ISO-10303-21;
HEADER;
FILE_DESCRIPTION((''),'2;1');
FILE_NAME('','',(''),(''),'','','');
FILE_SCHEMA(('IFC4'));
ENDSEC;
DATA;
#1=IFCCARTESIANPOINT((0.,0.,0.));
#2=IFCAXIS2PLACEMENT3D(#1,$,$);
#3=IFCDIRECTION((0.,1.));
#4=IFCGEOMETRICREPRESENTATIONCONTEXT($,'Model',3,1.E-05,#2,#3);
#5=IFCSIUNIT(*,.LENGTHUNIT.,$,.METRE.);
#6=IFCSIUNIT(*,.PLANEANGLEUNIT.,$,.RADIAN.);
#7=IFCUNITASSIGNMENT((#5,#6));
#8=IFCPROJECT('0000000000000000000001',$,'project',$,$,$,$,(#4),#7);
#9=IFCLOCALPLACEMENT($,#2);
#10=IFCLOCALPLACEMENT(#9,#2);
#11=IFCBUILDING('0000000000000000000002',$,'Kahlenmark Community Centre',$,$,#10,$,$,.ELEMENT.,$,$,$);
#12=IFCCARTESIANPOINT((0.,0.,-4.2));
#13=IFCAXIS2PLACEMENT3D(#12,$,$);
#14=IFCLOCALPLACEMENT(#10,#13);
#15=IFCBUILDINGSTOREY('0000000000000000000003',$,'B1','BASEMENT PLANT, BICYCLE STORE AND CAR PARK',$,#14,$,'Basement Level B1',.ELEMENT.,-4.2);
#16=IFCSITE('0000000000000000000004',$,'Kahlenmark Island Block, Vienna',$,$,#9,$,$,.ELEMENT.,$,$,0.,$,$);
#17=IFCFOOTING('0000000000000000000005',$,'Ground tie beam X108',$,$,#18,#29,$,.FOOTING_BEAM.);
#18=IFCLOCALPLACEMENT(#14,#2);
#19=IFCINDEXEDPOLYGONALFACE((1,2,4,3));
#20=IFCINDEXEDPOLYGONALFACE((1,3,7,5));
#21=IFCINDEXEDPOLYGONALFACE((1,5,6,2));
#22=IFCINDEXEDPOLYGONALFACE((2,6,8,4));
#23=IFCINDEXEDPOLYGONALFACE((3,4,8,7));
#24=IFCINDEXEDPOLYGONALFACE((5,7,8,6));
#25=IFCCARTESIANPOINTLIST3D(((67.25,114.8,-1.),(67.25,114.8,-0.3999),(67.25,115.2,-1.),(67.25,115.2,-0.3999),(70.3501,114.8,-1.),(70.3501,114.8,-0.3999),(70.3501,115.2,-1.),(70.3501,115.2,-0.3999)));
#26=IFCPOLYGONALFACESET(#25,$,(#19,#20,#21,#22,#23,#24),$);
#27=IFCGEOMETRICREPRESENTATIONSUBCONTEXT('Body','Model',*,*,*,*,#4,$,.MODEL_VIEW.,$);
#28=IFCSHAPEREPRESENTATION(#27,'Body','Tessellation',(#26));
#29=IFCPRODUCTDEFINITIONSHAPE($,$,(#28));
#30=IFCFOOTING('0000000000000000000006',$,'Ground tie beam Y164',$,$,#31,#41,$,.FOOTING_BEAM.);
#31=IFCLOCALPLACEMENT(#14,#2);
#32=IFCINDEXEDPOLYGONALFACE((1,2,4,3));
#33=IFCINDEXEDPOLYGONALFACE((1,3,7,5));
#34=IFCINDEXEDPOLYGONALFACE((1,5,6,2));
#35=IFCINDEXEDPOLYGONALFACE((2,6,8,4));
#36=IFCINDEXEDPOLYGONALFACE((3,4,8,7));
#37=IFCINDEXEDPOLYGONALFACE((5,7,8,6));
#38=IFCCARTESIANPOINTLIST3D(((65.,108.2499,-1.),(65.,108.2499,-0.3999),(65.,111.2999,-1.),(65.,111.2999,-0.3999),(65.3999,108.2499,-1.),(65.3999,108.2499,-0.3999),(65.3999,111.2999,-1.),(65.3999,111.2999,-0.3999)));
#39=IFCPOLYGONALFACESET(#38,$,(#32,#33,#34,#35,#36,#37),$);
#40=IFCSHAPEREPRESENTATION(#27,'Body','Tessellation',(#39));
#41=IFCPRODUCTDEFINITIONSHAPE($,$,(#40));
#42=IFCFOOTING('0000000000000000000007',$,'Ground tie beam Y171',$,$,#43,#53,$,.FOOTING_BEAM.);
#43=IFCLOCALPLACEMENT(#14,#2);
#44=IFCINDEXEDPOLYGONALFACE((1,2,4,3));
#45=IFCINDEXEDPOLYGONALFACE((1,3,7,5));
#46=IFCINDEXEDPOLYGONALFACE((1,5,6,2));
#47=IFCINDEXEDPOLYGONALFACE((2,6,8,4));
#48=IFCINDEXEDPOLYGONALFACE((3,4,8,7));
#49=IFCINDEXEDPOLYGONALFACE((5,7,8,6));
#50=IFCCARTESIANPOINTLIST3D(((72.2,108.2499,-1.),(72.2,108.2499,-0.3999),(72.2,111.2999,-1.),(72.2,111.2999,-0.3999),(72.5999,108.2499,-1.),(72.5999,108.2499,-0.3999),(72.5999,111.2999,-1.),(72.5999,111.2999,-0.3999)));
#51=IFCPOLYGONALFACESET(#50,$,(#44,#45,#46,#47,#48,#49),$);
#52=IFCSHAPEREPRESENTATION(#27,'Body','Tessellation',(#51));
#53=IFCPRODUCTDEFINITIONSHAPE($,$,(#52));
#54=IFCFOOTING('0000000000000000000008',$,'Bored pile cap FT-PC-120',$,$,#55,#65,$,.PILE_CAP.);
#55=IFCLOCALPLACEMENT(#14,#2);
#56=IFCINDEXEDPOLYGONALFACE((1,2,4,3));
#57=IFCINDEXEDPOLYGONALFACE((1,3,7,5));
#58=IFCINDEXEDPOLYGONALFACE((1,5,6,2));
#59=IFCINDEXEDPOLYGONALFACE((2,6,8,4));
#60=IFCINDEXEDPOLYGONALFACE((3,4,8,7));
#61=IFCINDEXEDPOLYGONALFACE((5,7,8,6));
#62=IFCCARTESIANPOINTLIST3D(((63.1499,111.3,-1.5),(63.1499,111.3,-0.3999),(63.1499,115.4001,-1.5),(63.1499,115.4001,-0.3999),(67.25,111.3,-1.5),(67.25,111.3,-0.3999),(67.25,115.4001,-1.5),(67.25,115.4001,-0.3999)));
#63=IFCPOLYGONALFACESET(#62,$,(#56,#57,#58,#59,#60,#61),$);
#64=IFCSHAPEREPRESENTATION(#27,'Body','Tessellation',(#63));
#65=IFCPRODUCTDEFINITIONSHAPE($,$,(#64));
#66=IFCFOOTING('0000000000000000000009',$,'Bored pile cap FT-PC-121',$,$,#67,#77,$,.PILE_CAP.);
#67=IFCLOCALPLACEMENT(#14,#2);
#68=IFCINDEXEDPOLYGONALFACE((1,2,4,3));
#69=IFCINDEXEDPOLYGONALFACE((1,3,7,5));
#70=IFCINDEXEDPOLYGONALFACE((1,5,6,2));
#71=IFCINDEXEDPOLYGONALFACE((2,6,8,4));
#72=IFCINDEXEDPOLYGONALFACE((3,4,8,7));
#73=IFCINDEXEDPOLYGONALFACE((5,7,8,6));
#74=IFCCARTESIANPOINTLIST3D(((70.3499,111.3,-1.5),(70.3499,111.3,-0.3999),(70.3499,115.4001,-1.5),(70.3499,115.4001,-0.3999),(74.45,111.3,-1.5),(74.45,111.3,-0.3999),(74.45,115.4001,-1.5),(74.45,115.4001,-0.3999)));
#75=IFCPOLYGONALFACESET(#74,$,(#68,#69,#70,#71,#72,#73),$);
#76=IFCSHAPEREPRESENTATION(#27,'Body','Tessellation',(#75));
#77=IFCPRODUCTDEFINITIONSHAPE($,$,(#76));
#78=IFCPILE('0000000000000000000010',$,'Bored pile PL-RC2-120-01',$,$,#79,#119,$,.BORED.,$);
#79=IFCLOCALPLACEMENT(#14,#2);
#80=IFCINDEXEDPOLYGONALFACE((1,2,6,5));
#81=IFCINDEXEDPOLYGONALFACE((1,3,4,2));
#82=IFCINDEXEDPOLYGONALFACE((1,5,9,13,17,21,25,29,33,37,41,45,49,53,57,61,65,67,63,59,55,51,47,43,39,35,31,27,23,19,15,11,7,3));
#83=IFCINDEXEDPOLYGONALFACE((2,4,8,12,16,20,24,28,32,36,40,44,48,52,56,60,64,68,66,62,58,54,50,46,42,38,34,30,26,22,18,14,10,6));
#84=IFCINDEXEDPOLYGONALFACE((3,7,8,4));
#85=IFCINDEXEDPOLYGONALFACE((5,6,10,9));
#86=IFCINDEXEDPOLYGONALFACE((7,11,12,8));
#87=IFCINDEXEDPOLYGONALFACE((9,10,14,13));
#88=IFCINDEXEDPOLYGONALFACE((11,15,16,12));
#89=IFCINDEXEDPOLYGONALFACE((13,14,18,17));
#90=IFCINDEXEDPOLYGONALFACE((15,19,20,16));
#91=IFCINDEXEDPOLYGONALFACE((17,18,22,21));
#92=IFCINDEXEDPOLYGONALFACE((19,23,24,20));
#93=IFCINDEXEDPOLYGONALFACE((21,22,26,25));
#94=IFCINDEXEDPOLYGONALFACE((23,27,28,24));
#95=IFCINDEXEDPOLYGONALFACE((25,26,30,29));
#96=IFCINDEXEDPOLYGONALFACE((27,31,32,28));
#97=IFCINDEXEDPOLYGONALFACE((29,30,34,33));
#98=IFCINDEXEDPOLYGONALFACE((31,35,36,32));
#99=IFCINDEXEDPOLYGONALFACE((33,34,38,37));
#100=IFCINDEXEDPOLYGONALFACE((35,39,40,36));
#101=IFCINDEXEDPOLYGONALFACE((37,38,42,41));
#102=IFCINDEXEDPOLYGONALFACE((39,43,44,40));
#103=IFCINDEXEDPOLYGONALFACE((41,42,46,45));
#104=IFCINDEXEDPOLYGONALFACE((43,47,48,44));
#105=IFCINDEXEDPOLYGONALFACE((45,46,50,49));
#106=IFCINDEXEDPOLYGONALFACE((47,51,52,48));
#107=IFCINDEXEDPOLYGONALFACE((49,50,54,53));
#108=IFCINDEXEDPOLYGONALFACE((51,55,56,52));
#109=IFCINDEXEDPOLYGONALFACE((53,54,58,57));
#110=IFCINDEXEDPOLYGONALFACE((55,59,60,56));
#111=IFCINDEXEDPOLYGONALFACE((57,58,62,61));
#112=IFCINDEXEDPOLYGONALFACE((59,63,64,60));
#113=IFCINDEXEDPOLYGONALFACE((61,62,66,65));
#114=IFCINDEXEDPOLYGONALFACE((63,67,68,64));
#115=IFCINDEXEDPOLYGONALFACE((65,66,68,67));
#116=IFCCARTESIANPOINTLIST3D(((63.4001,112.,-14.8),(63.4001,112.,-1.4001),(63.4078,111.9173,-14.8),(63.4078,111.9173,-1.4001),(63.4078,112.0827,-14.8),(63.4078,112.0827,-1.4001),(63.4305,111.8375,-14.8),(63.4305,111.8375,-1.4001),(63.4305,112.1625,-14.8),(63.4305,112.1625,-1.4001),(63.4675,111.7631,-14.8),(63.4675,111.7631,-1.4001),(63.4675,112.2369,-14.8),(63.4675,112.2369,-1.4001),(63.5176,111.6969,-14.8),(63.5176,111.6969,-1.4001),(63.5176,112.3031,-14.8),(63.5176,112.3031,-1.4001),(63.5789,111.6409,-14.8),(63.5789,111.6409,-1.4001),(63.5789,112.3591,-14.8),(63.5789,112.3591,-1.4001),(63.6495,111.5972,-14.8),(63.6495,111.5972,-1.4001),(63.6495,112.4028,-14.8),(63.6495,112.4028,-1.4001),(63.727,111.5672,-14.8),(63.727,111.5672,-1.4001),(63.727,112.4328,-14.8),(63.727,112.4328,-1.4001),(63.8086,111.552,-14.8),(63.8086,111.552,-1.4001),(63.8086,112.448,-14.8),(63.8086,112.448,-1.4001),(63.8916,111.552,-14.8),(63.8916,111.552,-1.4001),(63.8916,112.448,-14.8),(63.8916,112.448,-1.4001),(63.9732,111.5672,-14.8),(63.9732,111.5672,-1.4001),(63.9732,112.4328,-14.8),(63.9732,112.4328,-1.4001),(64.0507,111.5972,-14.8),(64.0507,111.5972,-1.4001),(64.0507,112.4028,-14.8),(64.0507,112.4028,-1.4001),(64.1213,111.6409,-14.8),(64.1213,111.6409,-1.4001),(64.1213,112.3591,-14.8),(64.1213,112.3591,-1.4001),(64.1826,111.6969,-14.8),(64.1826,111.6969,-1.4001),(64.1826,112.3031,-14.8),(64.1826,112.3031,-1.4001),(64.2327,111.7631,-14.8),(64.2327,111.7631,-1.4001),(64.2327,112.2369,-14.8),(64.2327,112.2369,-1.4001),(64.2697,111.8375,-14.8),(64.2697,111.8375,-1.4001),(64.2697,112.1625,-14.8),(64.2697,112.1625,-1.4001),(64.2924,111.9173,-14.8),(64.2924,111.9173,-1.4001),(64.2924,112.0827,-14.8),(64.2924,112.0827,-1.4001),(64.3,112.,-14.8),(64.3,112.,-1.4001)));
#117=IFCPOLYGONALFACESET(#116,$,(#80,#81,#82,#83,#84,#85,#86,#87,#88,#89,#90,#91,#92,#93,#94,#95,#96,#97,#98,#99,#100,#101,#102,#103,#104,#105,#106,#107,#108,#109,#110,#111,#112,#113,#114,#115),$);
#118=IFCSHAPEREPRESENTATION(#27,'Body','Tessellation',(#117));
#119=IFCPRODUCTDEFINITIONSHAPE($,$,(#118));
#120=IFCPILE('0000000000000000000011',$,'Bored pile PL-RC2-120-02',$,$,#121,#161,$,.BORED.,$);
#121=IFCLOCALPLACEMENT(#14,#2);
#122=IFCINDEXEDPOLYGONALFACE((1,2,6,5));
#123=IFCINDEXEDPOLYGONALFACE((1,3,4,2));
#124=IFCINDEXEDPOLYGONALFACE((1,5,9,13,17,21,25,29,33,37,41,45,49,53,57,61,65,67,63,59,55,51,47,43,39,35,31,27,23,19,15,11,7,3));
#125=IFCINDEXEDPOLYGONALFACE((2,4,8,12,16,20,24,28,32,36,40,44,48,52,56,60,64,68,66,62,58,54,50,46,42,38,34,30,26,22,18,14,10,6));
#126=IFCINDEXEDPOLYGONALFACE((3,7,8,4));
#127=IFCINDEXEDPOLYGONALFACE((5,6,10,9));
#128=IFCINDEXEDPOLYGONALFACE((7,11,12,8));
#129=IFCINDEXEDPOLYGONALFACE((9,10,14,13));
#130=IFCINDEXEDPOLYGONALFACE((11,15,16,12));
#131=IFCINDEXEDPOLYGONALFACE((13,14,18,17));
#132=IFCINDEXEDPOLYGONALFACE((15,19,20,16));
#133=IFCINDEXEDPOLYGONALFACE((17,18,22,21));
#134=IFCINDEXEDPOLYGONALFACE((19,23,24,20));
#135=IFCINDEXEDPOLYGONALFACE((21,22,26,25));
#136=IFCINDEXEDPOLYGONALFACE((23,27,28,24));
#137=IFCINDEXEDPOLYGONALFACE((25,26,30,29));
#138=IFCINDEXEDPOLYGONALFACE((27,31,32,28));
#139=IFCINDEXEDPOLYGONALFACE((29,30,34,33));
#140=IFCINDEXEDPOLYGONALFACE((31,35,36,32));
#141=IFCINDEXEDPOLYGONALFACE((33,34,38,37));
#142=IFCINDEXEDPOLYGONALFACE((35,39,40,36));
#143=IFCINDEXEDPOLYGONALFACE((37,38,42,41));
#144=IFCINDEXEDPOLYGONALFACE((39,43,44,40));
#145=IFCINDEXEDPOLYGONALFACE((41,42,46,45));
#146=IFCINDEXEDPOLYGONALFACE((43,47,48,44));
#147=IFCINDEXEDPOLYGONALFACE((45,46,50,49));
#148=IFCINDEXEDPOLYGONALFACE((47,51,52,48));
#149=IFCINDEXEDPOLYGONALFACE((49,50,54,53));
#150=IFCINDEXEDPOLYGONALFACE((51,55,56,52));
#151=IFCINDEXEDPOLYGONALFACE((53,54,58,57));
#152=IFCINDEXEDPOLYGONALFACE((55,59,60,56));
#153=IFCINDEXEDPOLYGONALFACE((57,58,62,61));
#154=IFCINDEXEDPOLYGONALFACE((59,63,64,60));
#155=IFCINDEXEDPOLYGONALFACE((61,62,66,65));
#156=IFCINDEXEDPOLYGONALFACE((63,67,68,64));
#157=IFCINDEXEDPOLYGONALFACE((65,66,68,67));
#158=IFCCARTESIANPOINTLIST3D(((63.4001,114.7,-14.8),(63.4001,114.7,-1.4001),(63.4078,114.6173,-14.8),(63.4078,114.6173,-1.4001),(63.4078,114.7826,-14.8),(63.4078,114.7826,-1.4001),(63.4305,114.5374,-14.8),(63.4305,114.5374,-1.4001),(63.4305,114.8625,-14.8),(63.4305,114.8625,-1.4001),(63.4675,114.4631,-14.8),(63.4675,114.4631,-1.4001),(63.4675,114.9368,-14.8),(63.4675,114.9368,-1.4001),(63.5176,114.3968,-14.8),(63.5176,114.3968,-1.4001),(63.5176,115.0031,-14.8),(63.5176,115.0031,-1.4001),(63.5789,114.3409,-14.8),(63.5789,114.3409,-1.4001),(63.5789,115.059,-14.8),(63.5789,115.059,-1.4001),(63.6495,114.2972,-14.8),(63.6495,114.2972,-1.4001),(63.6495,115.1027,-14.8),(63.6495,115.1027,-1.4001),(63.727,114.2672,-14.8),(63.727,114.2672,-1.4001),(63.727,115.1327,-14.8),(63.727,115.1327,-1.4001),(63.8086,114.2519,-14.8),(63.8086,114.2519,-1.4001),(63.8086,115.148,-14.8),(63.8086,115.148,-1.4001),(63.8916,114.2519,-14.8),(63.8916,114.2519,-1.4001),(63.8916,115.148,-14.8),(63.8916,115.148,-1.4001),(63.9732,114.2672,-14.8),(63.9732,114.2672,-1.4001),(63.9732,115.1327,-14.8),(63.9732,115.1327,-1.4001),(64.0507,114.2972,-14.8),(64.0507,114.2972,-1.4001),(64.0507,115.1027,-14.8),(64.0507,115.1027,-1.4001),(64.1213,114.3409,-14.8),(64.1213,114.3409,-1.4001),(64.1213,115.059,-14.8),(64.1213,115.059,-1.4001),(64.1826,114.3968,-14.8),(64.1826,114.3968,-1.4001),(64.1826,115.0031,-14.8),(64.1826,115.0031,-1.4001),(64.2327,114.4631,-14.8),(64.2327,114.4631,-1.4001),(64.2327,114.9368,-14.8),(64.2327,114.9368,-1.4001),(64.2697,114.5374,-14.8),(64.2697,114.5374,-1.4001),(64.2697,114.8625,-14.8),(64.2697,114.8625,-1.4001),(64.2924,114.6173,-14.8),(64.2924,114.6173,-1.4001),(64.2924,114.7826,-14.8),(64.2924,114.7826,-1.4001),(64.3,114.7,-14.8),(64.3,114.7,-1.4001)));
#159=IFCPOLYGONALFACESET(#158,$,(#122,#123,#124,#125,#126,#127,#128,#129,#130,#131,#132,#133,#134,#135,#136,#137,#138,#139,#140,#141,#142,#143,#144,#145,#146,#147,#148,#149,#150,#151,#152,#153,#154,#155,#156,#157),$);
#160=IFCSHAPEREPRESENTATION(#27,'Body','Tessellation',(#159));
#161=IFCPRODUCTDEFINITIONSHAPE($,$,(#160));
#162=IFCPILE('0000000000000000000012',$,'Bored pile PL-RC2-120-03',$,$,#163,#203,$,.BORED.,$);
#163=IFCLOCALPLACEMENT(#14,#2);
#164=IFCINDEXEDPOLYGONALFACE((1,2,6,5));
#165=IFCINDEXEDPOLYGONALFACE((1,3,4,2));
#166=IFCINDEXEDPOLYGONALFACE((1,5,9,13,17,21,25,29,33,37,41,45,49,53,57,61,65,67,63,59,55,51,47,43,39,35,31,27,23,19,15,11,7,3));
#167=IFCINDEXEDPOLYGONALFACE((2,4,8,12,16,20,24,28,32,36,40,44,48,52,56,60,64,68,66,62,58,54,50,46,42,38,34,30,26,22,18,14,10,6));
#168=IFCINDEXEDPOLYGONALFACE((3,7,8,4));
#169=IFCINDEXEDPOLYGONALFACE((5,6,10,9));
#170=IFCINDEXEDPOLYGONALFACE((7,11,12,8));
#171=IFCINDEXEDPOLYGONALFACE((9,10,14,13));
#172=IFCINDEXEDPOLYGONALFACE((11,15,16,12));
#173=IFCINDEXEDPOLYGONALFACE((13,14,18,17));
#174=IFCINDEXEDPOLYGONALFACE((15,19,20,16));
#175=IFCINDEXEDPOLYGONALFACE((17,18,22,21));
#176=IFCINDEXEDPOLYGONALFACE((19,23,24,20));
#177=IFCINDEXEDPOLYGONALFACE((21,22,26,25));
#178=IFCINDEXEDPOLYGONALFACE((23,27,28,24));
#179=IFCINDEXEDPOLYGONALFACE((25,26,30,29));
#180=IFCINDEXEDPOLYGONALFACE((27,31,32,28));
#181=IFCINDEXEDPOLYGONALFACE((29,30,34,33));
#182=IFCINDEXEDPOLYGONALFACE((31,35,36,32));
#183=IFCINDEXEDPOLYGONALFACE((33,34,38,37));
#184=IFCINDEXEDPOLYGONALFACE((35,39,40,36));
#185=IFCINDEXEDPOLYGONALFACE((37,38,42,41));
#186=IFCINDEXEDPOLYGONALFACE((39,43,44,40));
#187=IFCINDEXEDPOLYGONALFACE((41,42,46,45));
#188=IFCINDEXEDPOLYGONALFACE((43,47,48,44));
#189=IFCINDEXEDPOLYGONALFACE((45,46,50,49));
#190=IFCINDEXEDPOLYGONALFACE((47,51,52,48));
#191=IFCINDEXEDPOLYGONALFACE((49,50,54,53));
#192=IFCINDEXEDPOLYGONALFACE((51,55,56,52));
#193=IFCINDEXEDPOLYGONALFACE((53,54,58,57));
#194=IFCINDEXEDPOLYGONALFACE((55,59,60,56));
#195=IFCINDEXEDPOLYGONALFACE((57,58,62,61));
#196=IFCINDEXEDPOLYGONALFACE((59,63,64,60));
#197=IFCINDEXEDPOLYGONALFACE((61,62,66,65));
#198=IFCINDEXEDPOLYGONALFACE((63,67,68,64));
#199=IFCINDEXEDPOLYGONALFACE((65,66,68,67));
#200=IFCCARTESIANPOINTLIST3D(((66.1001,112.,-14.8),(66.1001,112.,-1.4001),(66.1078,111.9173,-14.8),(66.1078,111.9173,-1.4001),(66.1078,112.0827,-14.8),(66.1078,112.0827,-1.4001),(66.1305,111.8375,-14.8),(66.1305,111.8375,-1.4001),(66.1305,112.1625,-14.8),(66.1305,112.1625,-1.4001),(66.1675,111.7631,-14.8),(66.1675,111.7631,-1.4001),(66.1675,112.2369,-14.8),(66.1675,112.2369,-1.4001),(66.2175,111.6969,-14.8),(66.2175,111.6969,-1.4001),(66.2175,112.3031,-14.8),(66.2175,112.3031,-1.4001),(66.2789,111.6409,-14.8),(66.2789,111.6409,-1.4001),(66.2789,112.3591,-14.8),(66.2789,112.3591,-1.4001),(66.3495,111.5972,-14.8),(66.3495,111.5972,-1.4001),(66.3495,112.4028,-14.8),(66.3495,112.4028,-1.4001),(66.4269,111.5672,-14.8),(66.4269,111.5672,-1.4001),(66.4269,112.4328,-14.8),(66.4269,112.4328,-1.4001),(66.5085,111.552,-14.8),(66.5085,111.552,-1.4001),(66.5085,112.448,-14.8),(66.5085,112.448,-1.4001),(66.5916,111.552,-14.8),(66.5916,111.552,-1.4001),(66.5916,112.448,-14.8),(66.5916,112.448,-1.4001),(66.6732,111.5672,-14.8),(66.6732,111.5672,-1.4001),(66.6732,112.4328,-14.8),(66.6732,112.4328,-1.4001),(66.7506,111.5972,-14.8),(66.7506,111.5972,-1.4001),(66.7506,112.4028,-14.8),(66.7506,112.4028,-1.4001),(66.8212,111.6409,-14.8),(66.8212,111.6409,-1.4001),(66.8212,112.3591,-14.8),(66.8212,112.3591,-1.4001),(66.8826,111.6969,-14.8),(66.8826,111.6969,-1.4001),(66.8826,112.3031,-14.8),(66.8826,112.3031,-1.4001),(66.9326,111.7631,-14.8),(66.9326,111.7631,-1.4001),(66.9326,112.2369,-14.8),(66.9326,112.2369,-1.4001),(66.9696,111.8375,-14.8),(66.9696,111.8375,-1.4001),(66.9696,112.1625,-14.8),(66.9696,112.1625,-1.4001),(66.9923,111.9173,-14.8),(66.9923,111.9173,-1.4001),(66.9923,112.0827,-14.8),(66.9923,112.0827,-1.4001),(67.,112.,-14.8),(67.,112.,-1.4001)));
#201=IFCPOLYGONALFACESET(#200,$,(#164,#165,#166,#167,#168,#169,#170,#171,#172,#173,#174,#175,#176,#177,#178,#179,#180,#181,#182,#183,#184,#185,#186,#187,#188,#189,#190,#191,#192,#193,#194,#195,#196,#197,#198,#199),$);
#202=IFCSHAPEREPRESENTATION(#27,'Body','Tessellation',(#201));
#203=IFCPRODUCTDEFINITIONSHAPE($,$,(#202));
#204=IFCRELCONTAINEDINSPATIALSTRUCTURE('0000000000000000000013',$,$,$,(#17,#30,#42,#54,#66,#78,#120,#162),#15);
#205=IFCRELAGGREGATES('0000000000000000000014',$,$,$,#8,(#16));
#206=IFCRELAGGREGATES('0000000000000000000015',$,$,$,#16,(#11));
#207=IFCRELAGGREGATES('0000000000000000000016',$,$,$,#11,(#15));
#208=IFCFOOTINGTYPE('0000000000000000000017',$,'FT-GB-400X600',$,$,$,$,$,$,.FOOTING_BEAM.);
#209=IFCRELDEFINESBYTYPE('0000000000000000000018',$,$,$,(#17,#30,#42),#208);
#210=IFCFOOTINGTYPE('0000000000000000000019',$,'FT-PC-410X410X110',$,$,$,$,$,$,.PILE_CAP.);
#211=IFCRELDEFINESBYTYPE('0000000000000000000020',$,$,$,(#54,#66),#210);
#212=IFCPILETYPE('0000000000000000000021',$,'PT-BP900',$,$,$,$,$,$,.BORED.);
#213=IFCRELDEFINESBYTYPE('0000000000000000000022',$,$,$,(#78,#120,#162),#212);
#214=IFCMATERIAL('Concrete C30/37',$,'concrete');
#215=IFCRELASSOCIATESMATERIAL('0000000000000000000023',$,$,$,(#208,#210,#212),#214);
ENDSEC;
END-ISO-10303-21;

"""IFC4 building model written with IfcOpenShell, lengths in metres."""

from ifc_helpers import new_model, si_unit, direction, frame, origin, origin_2d, place, context, subcontext, project, spatial, rectangle, circle, extrude, material, material_profile, profile_set, type_object, element, save


model = new_model("IFC4")

# Units and contexts
model_context = context("Model", 3, precision=1e-05, world=origin(), true_north=direction((0.0, 1.0)))
body_context = subcontext(model_context, "Body", "Model", "MODEL_VIEW")
ifc_project = project(units=[si_unit("LENGTHUNIT", "METRE"), si_unit("PLANEANGLEUNIT", "RADIAN")], contexts=[model_context])

# Site, building, storey
site_placement = place(None, origin())
site = spatial("IfcSite", under=ifc_project, at=site_placement, Name="Kahlenmark Island Block, Vienna", CompositionType="ELEMENT", RefElevation=0.0)
building_placement = place(site_placement, origin())
building = spatial("IfcBuilding", under=site, at=building_placement, Name="Kahlenmark Community Centre", CompositionType="ELEMENT")
storey_placement = place(building_placement, frame((0.0, 0.0, -4.2)))
storey = spatial("IfcBuildingStorey", under=building, at=storey_placement, Name="B1", Description="BASEMENT PLANT, BICYCLE STORE AND CAR PARK", LongName="Basement Level B1", CompositionType="ELEMENT", Elevation=-4.2)

# Footings
ifc_material_1 = material(Name="Concrete C30/37", Category="concrete")
footing_type_1 = type_object("IfcFootingType", Name="FT-GB-400X600", PredefinedType="FOOTING_BEAM", material=ifc_material_1)
footing_placement = place(storey_placement, frame((68.8, 115.0, -1.0), z_axis=(0.0, 0.0, 1.0), x_axis=(1.0, 0.0, 0.0)))
element("IfcFooting", 1, at=footing_placement, inside=storey, type_object=footing_type_1, Name="Ground tie beam X108", PredefinedType="FOOTING_BEAM", context=body_context, shape_type="SweptSolid", body=[
    extrude(rectangle(XDim=3.1001, YDim=0.3999, at=origin_2d()), origin(), (0.0, 0.0, 1.0), 0.6001),
])
for number, where, z_axis, x_axis, name in (
    (2, (65.2, 109.7749, -1.0), (0.0, 0.0, 1.0), (1.0, 0.0, 0.0), "Ground tie beam Y164"),
    (3, (72.3999, 109.7749, -1.0), (0.0, 0.0, 1.0), (1.0, 0.0, 0.0), "Ground tie beam Y171"),
):
    element("IfcFooting", number, at=place(storey_placement, frame(where, z_axis=z_axis, x_axis=x_axis)), inside=storey, type_object=footing_type_1, Name=name, PredefinedType="FOOTING_BEAM", context=body_context, shape_type="SweptSolid", body=[
        extrude(rectangle(XDim=0.3999, YDim=3.05, at=origin_2d()), origin(), (0.0, 0.0, 1.0), 0.6001),
    ])
footing_type_2 = type_object("IfcFootingType", Name="FT-PC-410X410X110", PredefinedType="PILE_CAP", material=ifc_material_1)
for number, where, z_axis, x_axis, name in (
    (4, (65.2, 113.3501, -1.5), (0.0, 0.0, 1.0), (1.0, 0.0, 0.0), "Bored pile cap FT-PC-120"),
    (5, (72.3999, 113.3501, -1.5), (0.0, 0.0, 1.0), (1.0, 0.0, 0.0), "Bored pile cap FT-PC-121"),
):
    element("IfcFooting", number, at=place(storey_placement, frame(where, z_axis=z_axis, x_axis=x_axis)), inside=storey, type_object=footing_type_2, Name=name, PredefinedType="PILE_CAP", context=body_context, shape_type="SweptSolid", body=[
        extrude(rectangle(XDim=4.1001, YDim=4.1001, at=origin_2d()), origin(), (0.0, 0.0, 1.0), 1.1001),
    ])

# Piles
ifc_material_profile_1 = material_profile(ifc_material_1, circle(Radius=0.45, at=origin_2d()), Name="BORED PILE 900")
ifc_profile_set_1 = profile_set([ifc_material_profile_1], Name="Concrete C30/37")
pile_type = type_object("IfcPileType", Name="PT-BP900", PredefinedType="BORED", material=ifc_profile_set_1)
for number, where, z_axis, x_axis, name in (
    (6, (63.8501, 112.0, -1.4001), (0.0, 0.0, -1.0), (1.0, 0.0, 0.0), "Bored pile PL-RC2-120-01"),
    (7, (63.8501, 114.7, -1.4001), (0.0, 0.0, -1.0), (1.0, 0.0, 0.0), "Bored pile PL-RC2-120-02"),
    (8, (66.55, 112.0, -1.4001), (0.0, 0.0, -1.0), (1.0, 0.0, 0.0), "Bored pile PL-RC2-120-03"),
):
    element("IfcPile", number, at=place(storey_placement, frame(where, z_axis=z_axis, x_axis=x_axis)), inside=storey, type_object=pile_type, Name=name, PredefinedType="BORED", context=body_context, shape_type="SweptSolid", body=[
        extrude(circle(Radius=0.45, at=origin_2d()), origin(), (0.0, 0.0, 1.0), 13.3999),
    ])

save(model, "model.ifc")
